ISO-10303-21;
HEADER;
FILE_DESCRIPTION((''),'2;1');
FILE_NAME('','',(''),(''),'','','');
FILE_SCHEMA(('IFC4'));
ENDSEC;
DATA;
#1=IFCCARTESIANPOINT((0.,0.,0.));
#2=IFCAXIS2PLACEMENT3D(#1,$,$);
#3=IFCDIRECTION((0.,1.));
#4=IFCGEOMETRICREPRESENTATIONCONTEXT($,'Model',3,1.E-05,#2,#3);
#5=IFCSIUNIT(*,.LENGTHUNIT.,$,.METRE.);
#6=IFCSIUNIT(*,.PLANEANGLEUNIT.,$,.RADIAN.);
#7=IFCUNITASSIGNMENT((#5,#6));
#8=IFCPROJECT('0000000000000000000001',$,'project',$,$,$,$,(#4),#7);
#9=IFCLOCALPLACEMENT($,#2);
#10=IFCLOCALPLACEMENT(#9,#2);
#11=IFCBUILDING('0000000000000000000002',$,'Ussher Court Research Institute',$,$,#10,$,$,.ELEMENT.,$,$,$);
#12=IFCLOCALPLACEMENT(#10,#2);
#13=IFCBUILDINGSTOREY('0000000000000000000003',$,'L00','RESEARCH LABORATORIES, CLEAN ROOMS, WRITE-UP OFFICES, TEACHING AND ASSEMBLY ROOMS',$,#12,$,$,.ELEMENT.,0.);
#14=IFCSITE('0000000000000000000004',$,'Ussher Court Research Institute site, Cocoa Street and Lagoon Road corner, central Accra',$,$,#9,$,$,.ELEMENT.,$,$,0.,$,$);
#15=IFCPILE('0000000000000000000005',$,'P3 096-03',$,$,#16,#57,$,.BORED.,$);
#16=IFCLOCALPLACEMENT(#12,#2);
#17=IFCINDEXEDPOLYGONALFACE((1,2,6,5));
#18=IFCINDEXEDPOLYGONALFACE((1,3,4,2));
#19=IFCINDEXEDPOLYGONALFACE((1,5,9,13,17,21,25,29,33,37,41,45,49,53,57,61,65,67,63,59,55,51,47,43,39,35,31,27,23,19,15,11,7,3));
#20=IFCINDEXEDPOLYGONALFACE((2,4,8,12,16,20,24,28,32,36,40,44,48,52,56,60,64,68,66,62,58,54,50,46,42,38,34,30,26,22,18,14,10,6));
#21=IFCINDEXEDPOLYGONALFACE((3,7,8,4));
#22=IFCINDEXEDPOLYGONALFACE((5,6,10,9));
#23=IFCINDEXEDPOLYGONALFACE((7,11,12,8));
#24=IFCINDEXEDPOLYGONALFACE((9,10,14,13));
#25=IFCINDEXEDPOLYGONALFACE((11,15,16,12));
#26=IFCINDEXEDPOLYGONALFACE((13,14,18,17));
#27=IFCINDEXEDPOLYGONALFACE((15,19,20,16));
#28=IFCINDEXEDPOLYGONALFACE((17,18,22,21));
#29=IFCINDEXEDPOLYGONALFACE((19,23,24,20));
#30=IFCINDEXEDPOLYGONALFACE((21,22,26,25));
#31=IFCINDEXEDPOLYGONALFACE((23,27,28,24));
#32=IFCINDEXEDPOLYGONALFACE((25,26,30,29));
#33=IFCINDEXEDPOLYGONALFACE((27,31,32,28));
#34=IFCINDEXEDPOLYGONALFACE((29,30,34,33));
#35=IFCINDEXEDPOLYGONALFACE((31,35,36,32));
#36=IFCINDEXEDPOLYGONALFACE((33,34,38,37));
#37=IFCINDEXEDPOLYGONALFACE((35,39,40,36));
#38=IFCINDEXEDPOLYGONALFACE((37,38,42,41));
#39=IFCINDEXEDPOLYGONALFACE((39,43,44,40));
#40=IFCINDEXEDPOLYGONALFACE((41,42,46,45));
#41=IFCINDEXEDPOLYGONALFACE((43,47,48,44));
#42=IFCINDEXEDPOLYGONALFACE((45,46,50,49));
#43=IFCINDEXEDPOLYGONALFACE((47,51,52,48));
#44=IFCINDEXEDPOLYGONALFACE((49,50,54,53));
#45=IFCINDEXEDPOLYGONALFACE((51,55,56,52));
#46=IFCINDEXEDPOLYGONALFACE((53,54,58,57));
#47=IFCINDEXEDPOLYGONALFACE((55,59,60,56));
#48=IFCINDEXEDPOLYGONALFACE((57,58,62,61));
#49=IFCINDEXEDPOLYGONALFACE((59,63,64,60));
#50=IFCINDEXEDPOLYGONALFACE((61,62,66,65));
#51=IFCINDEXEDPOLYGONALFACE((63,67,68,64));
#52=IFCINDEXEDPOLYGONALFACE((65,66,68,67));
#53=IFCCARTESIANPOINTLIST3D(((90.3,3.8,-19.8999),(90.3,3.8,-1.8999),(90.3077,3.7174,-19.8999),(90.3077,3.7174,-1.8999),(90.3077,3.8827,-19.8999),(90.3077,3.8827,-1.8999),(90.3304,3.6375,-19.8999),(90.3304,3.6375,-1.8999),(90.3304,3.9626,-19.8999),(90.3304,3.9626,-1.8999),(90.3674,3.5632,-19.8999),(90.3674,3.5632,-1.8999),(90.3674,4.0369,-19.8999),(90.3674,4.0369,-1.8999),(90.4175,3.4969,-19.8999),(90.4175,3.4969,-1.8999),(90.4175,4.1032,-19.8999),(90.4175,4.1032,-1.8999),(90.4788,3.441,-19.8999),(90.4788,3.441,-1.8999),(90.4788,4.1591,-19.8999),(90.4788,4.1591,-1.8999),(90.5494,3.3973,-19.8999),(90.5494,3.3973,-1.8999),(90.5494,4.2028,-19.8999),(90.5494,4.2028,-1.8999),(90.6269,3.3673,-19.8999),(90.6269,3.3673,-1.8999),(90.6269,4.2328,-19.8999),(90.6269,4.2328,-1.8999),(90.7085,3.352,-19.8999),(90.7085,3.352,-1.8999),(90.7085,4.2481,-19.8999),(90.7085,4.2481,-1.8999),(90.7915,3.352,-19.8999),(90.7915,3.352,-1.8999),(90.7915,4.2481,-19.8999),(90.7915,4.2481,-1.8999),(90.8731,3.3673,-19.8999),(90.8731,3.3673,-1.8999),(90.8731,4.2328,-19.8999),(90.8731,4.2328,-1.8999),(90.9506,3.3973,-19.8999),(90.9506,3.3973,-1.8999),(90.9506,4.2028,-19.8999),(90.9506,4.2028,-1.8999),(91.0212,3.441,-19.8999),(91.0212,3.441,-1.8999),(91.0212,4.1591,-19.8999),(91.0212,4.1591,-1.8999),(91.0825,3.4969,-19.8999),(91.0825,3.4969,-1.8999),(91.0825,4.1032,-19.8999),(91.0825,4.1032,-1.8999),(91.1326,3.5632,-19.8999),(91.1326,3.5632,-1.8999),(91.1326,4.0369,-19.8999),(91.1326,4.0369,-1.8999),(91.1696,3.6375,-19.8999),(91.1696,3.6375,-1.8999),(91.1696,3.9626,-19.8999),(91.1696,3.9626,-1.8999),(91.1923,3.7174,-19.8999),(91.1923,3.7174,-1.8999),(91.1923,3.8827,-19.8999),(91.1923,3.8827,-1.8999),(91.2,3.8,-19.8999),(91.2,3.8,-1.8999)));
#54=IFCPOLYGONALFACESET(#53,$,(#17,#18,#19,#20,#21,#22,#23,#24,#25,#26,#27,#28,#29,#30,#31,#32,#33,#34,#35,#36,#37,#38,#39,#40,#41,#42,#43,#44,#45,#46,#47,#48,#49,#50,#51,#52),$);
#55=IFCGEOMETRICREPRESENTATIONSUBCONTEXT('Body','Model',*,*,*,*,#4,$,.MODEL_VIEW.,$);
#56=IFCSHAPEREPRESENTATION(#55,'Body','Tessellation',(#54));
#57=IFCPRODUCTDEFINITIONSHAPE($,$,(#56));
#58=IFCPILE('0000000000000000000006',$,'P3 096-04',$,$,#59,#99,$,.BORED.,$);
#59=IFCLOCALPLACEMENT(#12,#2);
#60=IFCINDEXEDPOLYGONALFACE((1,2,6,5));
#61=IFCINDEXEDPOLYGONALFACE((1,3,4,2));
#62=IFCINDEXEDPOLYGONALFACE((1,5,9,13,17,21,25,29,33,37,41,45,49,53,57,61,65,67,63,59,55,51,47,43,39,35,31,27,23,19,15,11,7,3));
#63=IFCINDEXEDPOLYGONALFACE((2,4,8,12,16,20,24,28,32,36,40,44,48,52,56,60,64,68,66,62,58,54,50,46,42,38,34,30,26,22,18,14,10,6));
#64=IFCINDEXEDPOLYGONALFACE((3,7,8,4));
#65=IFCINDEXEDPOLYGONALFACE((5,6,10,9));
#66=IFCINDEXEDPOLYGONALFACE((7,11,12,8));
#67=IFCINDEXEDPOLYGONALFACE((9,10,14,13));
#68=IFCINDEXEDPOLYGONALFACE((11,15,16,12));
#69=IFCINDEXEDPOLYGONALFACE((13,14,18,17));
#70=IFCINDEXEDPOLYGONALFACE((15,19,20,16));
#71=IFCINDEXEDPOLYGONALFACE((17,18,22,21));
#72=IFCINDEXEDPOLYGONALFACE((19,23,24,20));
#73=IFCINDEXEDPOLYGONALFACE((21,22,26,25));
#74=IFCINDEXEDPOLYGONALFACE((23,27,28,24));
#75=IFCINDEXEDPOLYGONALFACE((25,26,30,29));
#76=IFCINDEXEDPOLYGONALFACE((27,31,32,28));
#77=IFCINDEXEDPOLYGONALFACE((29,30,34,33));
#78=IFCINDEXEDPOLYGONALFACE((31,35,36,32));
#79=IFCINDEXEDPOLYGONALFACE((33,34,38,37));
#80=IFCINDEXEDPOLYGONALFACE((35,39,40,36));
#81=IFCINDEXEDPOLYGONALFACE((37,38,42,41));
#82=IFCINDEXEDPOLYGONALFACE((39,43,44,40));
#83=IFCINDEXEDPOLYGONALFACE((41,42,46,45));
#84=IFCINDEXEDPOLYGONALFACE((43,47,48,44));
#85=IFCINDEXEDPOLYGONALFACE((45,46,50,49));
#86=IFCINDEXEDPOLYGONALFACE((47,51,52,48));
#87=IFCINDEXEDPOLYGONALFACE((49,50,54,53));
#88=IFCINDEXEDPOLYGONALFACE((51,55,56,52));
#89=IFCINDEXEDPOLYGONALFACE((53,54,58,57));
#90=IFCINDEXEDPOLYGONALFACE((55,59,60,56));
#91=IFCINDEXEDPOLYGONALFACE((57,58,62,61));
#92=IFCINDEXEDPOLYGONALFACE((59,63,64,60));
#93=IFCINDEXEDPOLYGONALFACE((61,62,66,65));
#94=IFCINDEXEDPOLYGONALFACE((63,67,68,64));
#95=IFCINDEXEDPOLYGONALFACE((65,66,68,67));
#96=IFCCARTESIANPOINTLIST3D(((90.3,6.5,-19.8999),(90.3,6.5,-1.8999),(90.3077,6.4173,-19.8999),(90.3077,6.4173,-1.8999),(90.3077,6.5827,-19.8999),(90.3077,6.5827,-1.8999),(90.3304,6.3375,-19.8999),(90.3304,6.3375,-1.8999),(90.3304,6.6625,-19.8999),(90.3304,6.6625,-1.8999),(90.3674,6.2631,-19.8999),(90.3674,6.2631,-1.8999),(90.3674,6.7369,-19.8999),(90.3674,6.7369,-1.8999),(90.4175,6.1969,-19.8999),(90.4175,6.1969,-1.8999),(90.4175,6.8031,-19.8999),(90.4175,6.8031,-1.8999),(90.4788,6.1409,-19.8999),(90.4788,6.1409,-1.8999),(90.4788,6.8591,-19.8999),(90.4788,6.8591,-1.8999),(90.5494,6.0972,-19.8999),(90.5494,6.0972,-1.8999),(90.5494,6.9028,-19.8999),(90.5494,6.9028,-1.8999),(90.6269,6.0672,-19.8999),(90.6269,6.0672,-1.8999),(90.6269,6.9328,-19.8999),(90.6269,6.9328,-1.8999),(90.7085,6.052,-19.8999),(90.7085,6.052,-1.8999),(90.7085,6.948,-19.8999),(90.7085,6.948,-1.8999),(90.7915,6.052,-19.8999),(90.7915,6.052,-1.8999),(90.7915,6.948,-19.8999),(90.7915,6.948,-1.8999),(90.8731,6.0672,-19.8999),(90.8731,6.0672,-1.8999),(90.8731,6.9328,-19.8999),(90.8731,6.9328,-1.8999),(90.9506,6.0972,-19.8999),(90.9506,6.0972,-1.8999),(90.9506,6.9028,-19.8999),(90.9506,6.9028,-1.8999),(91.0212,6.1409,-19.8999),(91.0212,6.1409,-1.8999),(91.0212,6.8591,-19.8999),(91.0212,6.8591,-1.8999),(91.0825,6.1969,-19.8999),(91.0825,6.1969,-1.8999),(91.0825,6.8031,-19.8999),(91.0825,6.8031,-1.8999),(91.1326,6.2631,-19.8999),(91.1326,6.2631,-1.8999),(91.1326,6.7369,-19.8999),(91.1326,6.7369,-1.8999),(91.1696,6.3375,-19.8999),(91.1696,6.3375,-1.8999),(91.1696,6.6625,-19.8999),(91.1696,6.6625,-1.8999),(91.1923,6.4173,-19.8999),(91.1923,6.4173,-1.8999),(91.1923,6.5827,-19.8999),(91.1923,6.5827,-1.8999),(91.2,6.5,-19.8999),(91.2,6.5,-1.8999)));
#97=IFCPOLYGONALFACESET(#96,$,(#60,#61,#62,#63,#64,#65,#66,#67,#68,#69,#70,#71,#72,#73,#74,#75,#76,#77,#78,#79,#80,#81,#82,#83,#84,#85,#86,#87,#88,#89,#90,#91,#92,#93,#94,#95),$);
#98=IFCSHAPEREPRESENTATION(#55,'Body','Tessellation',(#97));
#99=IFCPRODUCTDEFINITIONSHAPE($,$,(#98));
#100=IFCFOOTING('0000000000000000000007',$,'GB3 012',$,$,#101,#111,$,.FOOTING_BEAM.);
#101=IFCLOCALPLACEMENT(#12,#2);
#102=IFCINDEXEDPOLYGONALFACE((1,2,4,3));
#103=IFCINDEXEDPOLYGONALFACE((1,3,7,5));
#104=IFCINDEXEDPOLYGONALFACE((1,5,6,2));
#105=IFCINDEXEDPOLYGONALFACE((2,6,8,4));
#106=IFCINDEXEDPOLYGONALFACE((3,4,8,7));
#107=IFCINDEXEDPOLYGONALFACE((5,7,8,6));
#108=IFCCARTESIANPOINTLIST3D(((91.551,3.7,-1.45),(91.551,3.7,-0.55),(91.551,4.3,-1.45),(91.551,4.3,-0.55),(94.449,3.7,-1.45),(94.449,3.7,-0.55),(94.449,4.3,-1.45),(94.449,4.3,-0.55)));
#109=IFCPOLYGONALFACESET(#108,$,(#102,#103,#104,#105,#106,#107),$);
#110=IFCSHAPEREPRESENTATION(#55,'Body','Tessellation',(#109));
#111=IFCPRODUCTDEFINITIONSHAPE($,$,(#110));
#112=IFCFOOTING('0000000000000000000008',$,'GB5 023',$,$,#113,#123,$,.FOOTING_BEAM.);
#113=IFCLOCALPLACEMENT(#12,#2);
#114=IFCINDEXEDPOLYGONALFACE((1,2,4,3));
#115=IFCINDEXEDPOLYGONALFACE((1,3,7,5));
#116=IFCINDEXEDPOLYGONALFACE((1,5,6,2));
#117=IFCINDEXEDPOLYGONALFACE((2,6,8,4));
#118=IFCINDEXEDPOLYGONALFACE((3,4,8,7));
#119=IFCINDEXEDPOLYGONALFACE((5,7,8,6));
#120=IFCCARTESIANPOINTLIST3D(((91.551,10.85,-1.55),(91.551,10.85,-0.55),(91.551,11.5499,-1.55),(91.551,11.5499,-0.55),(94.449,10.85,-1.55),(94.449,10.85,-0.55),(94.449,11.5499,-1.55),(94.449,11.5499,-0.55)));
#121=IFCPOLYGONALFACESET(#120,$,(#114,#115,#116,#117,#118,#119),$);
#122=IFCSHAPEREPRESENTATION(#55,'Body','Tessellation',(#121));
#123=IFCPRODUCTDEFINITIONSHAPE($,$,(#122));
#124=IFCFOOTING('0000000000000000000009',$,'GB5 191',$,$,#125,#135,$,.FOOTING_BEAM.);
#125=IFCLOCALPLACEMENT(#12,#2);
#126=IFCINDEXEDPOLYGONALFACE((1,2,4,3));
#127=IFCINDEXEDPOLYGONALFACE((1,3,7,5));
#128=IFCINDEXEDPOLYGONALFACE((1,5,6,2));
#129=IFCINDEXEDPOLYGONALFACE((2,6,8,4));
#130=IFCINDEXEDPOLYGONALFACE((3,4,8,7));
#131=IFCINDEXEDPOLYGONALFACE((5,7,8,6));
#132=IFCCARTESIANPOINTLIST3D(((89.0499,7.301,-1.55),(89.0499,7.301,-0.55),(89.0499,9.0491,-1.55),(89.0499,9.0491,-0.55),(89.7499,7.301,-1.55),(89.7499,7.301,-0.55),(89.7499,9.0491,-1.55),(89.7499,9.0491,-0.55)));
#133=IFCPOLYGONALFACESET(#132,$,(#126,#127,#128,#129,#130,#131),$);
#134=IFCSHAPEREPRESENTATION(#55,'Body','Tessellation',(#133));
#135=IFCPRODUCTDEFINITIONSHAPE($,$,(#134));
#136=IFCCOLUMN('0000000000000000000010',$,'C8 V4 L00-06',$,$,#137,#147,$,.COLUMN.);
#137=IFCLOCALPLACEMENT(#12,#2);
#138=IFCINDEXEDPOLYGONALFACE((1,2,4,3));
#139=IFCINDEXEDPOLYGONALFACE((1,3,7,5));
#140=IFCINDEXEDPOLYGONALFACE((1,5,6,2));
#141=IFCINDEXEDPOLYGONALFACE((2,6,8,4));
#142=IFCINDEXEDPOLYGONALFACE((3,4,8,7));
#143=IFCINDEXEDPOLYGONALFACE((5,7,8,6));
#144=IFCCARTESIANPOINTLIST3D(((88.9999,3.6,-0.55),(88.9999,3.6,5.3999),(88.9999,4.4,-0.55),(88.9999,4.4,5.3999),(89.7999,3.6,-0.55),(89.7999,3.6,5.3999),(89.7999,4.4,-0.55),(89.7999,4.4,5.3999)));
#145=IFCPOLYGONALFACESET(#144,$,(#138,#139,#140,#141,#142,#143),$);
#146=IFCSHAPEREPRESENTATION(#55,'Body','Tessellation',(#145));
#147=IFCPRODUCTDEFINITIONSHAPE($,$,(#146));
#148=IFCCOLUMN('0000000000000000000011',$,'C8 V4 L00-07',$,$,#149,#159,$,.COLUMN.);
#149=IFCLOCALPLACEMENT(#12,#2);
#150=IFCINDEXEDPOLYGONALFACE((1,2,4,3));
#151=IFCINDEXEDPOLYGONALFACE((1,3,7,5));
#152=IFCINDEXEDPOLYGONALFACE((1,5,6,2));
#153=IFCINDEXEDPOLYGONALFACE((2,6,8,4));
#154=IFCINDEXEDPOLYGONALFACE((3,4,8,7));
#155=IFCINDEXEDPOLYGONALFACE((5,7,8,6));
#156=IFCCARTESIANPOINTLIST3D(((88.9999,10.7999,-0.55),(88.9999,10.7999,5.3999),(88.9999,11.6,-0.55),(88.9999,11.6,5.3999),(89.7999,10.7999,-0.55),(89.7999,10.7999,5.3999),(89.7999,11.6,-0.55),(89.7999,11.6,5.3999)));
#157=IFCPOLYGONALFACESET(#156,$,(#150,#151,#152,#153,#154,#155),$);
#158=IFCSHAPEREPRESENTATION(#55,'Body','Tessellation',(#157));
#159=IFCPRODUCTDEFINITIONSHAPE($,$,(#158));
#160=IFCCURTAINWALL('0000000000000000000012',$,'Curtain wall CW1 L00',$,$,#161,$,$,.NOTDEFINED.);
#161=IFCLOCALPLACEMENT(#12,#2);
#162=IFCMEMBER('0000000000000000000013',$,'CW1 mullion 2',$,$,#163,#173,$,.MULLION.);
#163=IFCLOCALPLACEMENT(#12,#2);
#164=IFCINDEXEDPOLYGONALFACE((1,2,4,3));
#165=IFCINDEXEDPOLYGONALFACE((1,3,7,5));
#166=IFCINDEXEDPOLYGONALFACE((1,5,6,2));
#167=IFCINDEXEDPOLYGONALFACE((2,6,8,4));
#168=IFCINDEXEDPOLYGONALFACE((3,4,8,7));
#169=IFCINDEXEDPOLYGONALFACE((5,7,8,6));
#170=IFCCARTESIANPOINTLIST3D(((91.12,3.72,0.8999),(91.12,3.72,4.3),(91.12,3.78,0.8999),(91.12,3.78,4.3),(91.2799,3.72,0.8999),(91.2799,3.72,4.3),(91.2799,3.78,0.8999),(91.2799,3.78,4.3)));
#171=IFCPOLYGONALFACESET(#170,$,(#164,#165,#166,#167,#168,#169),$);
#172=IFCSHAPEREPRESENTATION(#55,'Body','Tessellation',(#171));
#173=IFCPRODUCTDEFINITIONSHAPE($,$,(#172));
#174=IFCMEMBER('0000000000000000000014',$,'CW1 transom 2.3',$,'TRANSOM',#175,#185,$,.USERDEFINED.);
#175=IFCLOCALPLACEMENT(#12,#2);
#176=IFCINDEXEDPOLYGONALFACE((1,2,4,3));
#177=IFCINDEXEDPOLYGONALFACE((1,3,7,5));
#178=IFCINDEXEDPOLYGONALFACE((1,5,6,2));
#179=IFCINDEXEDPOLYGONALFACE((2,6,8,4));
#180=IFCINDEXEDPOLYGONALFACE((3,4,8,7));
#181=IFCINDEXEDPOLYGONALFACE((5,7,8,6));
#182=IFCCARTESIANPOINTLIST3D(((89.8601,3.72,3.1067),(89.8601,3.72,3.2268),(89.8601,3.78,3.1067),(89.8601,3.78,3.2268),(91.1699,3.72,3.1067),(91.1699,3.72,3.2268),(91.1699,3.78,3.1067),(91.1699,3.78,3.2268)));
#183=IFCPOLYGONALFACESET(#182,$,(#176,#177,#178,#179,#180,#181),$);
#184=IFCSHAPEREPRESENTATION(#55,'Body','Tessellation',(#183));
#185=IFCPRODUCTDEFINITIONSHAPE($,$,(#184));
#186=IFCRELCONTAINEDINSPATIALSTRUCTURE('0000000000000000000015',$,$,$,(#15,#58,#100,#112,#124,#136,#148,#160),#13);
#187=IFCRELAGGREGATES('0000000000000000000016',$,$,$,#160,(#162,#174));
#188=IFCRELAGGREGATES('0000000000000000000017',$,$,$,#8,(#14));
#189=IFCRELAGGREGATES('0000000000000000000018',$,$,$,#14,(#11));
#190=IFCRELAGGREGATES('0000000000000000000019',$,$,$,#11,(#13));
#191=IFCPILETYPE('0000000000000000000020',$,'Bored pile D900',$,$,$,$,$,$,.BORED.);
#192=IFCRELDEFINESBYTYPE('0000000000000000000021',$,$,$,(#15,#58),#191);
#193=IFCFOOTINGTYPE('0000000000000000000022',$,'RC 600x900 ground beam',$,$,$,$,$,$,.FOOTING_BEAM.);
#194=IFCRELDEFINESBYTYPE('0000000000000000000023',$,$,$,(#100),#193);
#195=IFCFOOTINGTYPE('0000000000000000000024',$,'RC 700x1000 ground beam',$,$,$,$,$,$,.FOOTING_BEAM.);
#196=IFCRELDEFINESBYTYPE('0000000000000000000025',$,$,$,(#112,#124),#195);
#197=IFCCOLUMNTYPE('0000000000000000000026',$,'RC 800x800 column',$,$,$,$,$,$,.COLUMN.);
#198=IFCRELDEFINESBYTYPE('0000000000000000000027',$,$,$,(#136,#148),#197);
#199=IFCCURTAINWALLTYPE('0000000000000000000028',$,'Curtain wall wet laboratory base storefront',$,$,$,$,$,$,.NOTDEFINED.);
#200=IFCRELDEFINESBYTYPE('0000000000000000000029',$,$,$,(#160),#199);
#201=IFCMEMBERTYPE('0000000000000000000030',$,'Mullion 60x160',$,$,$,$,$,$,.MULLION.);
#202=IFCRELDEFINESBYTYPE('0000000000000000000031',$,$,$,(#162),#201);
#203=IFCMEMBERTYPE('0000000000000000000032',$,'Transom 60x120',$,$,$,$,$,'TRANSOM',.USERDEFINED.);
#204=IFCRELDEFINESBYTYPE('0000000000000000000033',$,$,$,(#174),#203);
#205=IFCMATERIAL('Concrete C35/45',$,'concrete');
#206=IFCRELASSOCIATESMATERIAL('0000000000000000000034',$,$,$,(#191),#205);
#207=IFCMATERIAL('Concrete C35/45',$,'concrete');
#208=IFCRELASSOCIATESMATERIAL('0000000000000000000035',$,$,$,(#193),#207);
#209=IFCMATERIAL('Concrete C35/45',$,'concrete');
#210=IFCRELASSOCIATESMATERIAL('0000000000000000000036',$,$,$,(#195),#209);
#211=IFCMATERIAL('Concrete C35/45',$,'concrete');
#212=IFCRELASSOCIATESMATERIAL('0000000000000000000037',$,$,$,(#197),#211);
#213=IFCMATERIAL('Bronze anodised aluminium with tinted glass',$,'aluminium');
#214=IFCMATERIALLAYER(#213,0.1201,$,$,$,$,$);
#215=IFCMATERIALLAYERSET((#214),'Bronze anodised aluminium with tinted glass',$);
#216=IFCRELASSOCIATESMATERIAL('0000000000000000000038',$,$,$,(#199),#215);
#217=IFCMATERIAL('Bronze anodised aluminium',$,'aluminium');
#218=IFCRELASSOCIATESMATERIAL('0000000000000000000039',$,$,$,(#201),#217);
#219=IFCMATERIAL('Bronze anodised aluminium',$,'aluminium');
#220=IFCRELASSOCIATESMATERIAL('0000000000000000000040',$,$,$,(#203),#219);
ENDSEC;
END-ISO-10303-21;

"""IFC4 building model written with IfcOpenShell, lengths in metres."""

from ifc_helpers import new_model, si_unit, direction, frame, origin, origin_2d, place, context, subcontext, project, spatial, rectangle, circle, extrude, material, layer, layer_set, material_profile, profile_set, type_object, element, aggregate, save


model = new_model("IFC4")

# Units and contexts
model_context = context("Model", 3, precision=1e-05, world=origin(), true_north=direction((0.0, 1.0)))
body_context = subcontext(model_context, "Body", "Model", "MODEL_VIEW")
ifc_project = project(units=[si_unit("LENGTHUNIT", "METRE"), si_unit("PLANEANGLEUNIT", "RADIAN")], contexts=[model_context])

# Site, building, storey
site_placement = place(None, origin())
site = spatial("IfcSite", under=ifc_project, at=site_placement, Name="Ussher Court Research Institute site, Cocoa Street and Lagoon Road corner, central Accra", CompositionType="ELEMENT", RefElevation=0.0)
building_placement = place(site_placement, origin())
building = spatial("IfcBuilding", under=site, at=building_placement, Name="Ussher Court Research Institute", CompositionType="ELEMENT")
storey_placement = place(building_placement, origin())
storey = spatial("IfcBuildingStorey", under=building, at=storey_placement, Name="L00", Description="RESEARCH LABORATORIES, CLEAN ROOMS, WRITE-UP OFFICES, TEACHING AND ASSEMBLY ROOMS", CompositionType="ELEMENT", Elevation=0.0)

# Piles
ifc_material_1 = material(Name="Concrete C35/45", Category="concrete")
ifc_material_profile_1 = material_profile(ifc_material_1, circle(Radius=0.45, at=origin_2d()), Name="RC D900")
ifc_profile_set_1 = profile_set([ifc_material_profile_1], Name="Concrete C35/45")
pile_type_1 = type_object("IfcPileType", Name="Bored pile D900", PredefinedType="BORED", material=ifc_profile_set_1)
for number, where, z_axis, x_axis, name in (
    (1, (90.75, 3.8, -1.8999), (0.0, 0.0, -1.0), (1.0, 0.0, 0.0), "P3 096-03"),
    (2, (90.75, 6.5, -1.8999), (0.0, 0.0, -1.0), (1.0, 0.0, 0.0), "P3 096-04"),
):
    element("IfcPile", number, at=place(storey_placement, frame(where, z_axis=z_axis, x_axis=x_axis)), inside=storey, type_object=pile_type_1, Name=name, PredefinedType="BORED", context=body_context, shape_type="SweptSolid", body=[
        extrude(circle(Radius=0.45, at=origin_2d()), origin(), (0.0, 0.0, 1.0), 18.0),
    ])

# Footings
ifc_material_2 = material(Name="Concrete C35/45", Category="concrete")
ifc_material_profile_2 = material_profile(ifc_material_2, rectangle(XDim=0.6001, YDim=0.8999, at=origin_2d()), Name="RC 600x900")
ifc_profile_set_2 = profile_set([ifc_material_profile_2], Name="Concrete C35/45")
footing_type_1 = type_object("IfcFootingType", Name="RC 600x900 ground beam", PredefinedType="FOOTING_BEAM", material=ifc_profile_set_2)
footing_1_placement = place(storey_placement, frame((91.551, 4.0, -1.0), z_axis=(1.0, 0.0, 0.0), x_axis=(0.0, 1.0, 0.0)))
element("IfcFooting", 3, at=footing_1_placement, inside=storey, type_object=footing_type_1, Name="GB3 012", PredefinedType="FOOTING_BEAM", context=body_context, shape_type="SweptSolid", body=[
    extrude(rectangle(XDim=0.6001, YDim=0.8999, at=origin_2d()), origin(), (0.0, 0.0, 1.0), 2.8979),
])
ifc_material_3 = material(Name="Concrete C35/45", Category="concrete")
ifc_material_profile_3 = material_profile(ifc_material_3, rectangle(XDim=0.7, YDim=1.0, at=origin_2d()), Name="RC 700x1000")
ifc_profile_set_3 = profile_set([ifc_material_profile_3], Name="Concrete C35/45")
footing_type_2 = type_object("IfcFootingType", Name="RC 700x1000 ground beam", PredefinedType="FOOTING_BEAM", material=ifc_profile_set_3)
footing_2_placement = place(storey_placement, frame((91.551, 11.2, -1.05), z_axis=(1.0, 0.0, 0.0), x_axis=(0.0, 1.0, 0.0)))
element("IfcFooting", 4, at=footing_2_placement, inside=storey, type_object=footing_type_2, Name="GB5 023", PredefinedType="FOOTING_BEAM", context=body_context, shape_type="SweptSolid", body=[
    extrude(rectangle(XDim=0.7, YDim=1.0, at=origin_2d()), origin(), (0.0, 0.0, 1.0), 2.8979),
])
footing_3_placement = place(storey_placement, frame((89.3999, 7.301, -1.05), z_axis=(0.0, 1.0, 0.0), x_axis=(-1.0, 0.0, 0.0)))
element("IfcFooting", 5, at=footing_3_placement, inside=storey, type_object=footing_type_2, Name="GB5 191", PredefinedType="FOOTING_BEAM", context=body_context, shape_type="SweptSolid", body=[
    extrude(rectangle(XDim=0.7, YDim=1.0, at=origin_2d()), origin(), (0.0, 0.0, 1.0), 1.748),
])

# Columns
ifc_material_4 = material(Name="Concrete C35/45", Category="concrete")
ifc_material_profile_4 = material_profile(ifc_material_4, rectangle(XDim=0.8, YDim=0.8, at=origin_2d()), Name="RC 800x800")
ifc_profile_set_4 = profile_set([ifc_material_profile_4], Name="Concrete C35/45")
column_type = type_object("IfcColumnType", Name="RC 800x800 column", PredefinedType="COLUMN", material=ifc_profile_set_4)
for number, where, z_axis, x_axis, name in (
    (6, (89.3999, 4.0, -0.55), (0.0, 0.0, 1.0), (1.0, 0.0, 0.0), "C8 V4 L00-06"),
    (7, (89.3999, 11.2, -0.55), (0.0, 0.0, 1.0), (1.0, 0.0, 0.0), "C8 V4 L00-07"),
):
    element("IfcColumn", number, at=place(storey_placement, frame(where, z_axis=z_axis, x_axis=x_axis)), inside=storey, type_object=column_type, Name=name, PredefinedType="COLUMN", context=body_context, shape_type="SweptSolid", body=[
        extrude(rectangle(XDim=0.8, YDim=0.8, at=origin_2d()), origin(), (0.0, 0.0, 1.0), 5.95),
    ])

# Curtain wall, members
ifc_material_5 = material(Name="Bronze anodised aluminium with tinted glass", Category="aluminium")
ifc_layer_1 = layer(ifc_material_5, 0.1201)
ifc_layer_set_1 = layer_set([ifc_layer_1], Name="Bronze anodised aluminium with tinted glass")
curtain_wall_type = type_object("IfcCurtainWallType", Name="Curtain wall wet laboratory base storefront", PredefinedType="NOTDEFINED", material=ifc_layer_set_1)
curtain_wall_placement = place(storey_placement, origin())
curtain_wall = element("IfcCurtainWall", 8, at=curtain_wall_placement, inside=storey, type_object=curtain_wall_type, Name="Curtain wall CW1 L00", PredefinedType="NOTDEFINED")
ifc_material_6 = material(Name="Bronze anodised aluminium", Category="aluminium")
ifc_material_profile_5 = material_profile(ifc_material_6, rectangle(XDim=0.0601, YDim=0.1599, at=origin_2d()), Name="Mullion 60x160")
ifc_profile_set_5 = profile_set([ifc_material_profile_5], Name="Bronze anodised aluminium")
member_type_1 = type_object("IfcMemberType", Name="Mullion 60x160", PredefinedType="MULLION", material=ifc_profile_set_5)
member_1_placement = place(storey_placement, frame((91.2, 3.75, 0.8999), z_axis=(0.0, 0.0, 1.0), x_axis=(0.0, -1.0, 0.0)))
member_1 = element("IfcMember", 9, at=member_1_placement, type_object=member_type_1, Name="CW1 mullion 2", PredefinedType="MULLION", context=body_context, shape_type="SweptSolid", body=[
    extrude(rectangle(XDim=0.0601, YDim=0.1599, at=origin_2d()), origin(), (0.0, 0.0, 1.0), 3.4001),
])
ifc_material_7 = material(Name="Bronze anodised aluminium", Category="aluminium")
ifc_material_profile_6 = material_profile(ifc_material_7, rectangle(XDim=0.0601, YDim=0.1201, at=origin_2d()), Name="Transom 60x120")
ifc_profile_set_6 = profile_set([ifc_material_profile_6], Name="Bronze anodised aluminium")
member_type_2 = type_object("IfcMemberType", Name="Transom 60x120", ElementType="TRANSOM", PredefinedType="USERDEFINED", material=ifc_profile_set_6)
member_2_placement = place(storey_placement, frame((91.1699, 3.75, 3.1667), z_axis=(-1.0, 0.0, 0.0), x_axis=(0.0, -1.0, 0.0)))
member_2 = element("IfcMember", 10, at=member_2_placement, type_object=member_type_2, Name="CW1 transom 2.3", ObjectType="TRANSOM", PredefinedType="USERDEFINED", context=body_context, shape_type="SweptSolid", body=[
    extrude(rectangle(XDim=0.0601, YDim=0.1201, at=origin_2d()), origin(), (0.0, 0.0, 1.0), 1.3098),
])
aggregate(curtain_wall, [member_1, member_2])

save(model, "model.ifc")
